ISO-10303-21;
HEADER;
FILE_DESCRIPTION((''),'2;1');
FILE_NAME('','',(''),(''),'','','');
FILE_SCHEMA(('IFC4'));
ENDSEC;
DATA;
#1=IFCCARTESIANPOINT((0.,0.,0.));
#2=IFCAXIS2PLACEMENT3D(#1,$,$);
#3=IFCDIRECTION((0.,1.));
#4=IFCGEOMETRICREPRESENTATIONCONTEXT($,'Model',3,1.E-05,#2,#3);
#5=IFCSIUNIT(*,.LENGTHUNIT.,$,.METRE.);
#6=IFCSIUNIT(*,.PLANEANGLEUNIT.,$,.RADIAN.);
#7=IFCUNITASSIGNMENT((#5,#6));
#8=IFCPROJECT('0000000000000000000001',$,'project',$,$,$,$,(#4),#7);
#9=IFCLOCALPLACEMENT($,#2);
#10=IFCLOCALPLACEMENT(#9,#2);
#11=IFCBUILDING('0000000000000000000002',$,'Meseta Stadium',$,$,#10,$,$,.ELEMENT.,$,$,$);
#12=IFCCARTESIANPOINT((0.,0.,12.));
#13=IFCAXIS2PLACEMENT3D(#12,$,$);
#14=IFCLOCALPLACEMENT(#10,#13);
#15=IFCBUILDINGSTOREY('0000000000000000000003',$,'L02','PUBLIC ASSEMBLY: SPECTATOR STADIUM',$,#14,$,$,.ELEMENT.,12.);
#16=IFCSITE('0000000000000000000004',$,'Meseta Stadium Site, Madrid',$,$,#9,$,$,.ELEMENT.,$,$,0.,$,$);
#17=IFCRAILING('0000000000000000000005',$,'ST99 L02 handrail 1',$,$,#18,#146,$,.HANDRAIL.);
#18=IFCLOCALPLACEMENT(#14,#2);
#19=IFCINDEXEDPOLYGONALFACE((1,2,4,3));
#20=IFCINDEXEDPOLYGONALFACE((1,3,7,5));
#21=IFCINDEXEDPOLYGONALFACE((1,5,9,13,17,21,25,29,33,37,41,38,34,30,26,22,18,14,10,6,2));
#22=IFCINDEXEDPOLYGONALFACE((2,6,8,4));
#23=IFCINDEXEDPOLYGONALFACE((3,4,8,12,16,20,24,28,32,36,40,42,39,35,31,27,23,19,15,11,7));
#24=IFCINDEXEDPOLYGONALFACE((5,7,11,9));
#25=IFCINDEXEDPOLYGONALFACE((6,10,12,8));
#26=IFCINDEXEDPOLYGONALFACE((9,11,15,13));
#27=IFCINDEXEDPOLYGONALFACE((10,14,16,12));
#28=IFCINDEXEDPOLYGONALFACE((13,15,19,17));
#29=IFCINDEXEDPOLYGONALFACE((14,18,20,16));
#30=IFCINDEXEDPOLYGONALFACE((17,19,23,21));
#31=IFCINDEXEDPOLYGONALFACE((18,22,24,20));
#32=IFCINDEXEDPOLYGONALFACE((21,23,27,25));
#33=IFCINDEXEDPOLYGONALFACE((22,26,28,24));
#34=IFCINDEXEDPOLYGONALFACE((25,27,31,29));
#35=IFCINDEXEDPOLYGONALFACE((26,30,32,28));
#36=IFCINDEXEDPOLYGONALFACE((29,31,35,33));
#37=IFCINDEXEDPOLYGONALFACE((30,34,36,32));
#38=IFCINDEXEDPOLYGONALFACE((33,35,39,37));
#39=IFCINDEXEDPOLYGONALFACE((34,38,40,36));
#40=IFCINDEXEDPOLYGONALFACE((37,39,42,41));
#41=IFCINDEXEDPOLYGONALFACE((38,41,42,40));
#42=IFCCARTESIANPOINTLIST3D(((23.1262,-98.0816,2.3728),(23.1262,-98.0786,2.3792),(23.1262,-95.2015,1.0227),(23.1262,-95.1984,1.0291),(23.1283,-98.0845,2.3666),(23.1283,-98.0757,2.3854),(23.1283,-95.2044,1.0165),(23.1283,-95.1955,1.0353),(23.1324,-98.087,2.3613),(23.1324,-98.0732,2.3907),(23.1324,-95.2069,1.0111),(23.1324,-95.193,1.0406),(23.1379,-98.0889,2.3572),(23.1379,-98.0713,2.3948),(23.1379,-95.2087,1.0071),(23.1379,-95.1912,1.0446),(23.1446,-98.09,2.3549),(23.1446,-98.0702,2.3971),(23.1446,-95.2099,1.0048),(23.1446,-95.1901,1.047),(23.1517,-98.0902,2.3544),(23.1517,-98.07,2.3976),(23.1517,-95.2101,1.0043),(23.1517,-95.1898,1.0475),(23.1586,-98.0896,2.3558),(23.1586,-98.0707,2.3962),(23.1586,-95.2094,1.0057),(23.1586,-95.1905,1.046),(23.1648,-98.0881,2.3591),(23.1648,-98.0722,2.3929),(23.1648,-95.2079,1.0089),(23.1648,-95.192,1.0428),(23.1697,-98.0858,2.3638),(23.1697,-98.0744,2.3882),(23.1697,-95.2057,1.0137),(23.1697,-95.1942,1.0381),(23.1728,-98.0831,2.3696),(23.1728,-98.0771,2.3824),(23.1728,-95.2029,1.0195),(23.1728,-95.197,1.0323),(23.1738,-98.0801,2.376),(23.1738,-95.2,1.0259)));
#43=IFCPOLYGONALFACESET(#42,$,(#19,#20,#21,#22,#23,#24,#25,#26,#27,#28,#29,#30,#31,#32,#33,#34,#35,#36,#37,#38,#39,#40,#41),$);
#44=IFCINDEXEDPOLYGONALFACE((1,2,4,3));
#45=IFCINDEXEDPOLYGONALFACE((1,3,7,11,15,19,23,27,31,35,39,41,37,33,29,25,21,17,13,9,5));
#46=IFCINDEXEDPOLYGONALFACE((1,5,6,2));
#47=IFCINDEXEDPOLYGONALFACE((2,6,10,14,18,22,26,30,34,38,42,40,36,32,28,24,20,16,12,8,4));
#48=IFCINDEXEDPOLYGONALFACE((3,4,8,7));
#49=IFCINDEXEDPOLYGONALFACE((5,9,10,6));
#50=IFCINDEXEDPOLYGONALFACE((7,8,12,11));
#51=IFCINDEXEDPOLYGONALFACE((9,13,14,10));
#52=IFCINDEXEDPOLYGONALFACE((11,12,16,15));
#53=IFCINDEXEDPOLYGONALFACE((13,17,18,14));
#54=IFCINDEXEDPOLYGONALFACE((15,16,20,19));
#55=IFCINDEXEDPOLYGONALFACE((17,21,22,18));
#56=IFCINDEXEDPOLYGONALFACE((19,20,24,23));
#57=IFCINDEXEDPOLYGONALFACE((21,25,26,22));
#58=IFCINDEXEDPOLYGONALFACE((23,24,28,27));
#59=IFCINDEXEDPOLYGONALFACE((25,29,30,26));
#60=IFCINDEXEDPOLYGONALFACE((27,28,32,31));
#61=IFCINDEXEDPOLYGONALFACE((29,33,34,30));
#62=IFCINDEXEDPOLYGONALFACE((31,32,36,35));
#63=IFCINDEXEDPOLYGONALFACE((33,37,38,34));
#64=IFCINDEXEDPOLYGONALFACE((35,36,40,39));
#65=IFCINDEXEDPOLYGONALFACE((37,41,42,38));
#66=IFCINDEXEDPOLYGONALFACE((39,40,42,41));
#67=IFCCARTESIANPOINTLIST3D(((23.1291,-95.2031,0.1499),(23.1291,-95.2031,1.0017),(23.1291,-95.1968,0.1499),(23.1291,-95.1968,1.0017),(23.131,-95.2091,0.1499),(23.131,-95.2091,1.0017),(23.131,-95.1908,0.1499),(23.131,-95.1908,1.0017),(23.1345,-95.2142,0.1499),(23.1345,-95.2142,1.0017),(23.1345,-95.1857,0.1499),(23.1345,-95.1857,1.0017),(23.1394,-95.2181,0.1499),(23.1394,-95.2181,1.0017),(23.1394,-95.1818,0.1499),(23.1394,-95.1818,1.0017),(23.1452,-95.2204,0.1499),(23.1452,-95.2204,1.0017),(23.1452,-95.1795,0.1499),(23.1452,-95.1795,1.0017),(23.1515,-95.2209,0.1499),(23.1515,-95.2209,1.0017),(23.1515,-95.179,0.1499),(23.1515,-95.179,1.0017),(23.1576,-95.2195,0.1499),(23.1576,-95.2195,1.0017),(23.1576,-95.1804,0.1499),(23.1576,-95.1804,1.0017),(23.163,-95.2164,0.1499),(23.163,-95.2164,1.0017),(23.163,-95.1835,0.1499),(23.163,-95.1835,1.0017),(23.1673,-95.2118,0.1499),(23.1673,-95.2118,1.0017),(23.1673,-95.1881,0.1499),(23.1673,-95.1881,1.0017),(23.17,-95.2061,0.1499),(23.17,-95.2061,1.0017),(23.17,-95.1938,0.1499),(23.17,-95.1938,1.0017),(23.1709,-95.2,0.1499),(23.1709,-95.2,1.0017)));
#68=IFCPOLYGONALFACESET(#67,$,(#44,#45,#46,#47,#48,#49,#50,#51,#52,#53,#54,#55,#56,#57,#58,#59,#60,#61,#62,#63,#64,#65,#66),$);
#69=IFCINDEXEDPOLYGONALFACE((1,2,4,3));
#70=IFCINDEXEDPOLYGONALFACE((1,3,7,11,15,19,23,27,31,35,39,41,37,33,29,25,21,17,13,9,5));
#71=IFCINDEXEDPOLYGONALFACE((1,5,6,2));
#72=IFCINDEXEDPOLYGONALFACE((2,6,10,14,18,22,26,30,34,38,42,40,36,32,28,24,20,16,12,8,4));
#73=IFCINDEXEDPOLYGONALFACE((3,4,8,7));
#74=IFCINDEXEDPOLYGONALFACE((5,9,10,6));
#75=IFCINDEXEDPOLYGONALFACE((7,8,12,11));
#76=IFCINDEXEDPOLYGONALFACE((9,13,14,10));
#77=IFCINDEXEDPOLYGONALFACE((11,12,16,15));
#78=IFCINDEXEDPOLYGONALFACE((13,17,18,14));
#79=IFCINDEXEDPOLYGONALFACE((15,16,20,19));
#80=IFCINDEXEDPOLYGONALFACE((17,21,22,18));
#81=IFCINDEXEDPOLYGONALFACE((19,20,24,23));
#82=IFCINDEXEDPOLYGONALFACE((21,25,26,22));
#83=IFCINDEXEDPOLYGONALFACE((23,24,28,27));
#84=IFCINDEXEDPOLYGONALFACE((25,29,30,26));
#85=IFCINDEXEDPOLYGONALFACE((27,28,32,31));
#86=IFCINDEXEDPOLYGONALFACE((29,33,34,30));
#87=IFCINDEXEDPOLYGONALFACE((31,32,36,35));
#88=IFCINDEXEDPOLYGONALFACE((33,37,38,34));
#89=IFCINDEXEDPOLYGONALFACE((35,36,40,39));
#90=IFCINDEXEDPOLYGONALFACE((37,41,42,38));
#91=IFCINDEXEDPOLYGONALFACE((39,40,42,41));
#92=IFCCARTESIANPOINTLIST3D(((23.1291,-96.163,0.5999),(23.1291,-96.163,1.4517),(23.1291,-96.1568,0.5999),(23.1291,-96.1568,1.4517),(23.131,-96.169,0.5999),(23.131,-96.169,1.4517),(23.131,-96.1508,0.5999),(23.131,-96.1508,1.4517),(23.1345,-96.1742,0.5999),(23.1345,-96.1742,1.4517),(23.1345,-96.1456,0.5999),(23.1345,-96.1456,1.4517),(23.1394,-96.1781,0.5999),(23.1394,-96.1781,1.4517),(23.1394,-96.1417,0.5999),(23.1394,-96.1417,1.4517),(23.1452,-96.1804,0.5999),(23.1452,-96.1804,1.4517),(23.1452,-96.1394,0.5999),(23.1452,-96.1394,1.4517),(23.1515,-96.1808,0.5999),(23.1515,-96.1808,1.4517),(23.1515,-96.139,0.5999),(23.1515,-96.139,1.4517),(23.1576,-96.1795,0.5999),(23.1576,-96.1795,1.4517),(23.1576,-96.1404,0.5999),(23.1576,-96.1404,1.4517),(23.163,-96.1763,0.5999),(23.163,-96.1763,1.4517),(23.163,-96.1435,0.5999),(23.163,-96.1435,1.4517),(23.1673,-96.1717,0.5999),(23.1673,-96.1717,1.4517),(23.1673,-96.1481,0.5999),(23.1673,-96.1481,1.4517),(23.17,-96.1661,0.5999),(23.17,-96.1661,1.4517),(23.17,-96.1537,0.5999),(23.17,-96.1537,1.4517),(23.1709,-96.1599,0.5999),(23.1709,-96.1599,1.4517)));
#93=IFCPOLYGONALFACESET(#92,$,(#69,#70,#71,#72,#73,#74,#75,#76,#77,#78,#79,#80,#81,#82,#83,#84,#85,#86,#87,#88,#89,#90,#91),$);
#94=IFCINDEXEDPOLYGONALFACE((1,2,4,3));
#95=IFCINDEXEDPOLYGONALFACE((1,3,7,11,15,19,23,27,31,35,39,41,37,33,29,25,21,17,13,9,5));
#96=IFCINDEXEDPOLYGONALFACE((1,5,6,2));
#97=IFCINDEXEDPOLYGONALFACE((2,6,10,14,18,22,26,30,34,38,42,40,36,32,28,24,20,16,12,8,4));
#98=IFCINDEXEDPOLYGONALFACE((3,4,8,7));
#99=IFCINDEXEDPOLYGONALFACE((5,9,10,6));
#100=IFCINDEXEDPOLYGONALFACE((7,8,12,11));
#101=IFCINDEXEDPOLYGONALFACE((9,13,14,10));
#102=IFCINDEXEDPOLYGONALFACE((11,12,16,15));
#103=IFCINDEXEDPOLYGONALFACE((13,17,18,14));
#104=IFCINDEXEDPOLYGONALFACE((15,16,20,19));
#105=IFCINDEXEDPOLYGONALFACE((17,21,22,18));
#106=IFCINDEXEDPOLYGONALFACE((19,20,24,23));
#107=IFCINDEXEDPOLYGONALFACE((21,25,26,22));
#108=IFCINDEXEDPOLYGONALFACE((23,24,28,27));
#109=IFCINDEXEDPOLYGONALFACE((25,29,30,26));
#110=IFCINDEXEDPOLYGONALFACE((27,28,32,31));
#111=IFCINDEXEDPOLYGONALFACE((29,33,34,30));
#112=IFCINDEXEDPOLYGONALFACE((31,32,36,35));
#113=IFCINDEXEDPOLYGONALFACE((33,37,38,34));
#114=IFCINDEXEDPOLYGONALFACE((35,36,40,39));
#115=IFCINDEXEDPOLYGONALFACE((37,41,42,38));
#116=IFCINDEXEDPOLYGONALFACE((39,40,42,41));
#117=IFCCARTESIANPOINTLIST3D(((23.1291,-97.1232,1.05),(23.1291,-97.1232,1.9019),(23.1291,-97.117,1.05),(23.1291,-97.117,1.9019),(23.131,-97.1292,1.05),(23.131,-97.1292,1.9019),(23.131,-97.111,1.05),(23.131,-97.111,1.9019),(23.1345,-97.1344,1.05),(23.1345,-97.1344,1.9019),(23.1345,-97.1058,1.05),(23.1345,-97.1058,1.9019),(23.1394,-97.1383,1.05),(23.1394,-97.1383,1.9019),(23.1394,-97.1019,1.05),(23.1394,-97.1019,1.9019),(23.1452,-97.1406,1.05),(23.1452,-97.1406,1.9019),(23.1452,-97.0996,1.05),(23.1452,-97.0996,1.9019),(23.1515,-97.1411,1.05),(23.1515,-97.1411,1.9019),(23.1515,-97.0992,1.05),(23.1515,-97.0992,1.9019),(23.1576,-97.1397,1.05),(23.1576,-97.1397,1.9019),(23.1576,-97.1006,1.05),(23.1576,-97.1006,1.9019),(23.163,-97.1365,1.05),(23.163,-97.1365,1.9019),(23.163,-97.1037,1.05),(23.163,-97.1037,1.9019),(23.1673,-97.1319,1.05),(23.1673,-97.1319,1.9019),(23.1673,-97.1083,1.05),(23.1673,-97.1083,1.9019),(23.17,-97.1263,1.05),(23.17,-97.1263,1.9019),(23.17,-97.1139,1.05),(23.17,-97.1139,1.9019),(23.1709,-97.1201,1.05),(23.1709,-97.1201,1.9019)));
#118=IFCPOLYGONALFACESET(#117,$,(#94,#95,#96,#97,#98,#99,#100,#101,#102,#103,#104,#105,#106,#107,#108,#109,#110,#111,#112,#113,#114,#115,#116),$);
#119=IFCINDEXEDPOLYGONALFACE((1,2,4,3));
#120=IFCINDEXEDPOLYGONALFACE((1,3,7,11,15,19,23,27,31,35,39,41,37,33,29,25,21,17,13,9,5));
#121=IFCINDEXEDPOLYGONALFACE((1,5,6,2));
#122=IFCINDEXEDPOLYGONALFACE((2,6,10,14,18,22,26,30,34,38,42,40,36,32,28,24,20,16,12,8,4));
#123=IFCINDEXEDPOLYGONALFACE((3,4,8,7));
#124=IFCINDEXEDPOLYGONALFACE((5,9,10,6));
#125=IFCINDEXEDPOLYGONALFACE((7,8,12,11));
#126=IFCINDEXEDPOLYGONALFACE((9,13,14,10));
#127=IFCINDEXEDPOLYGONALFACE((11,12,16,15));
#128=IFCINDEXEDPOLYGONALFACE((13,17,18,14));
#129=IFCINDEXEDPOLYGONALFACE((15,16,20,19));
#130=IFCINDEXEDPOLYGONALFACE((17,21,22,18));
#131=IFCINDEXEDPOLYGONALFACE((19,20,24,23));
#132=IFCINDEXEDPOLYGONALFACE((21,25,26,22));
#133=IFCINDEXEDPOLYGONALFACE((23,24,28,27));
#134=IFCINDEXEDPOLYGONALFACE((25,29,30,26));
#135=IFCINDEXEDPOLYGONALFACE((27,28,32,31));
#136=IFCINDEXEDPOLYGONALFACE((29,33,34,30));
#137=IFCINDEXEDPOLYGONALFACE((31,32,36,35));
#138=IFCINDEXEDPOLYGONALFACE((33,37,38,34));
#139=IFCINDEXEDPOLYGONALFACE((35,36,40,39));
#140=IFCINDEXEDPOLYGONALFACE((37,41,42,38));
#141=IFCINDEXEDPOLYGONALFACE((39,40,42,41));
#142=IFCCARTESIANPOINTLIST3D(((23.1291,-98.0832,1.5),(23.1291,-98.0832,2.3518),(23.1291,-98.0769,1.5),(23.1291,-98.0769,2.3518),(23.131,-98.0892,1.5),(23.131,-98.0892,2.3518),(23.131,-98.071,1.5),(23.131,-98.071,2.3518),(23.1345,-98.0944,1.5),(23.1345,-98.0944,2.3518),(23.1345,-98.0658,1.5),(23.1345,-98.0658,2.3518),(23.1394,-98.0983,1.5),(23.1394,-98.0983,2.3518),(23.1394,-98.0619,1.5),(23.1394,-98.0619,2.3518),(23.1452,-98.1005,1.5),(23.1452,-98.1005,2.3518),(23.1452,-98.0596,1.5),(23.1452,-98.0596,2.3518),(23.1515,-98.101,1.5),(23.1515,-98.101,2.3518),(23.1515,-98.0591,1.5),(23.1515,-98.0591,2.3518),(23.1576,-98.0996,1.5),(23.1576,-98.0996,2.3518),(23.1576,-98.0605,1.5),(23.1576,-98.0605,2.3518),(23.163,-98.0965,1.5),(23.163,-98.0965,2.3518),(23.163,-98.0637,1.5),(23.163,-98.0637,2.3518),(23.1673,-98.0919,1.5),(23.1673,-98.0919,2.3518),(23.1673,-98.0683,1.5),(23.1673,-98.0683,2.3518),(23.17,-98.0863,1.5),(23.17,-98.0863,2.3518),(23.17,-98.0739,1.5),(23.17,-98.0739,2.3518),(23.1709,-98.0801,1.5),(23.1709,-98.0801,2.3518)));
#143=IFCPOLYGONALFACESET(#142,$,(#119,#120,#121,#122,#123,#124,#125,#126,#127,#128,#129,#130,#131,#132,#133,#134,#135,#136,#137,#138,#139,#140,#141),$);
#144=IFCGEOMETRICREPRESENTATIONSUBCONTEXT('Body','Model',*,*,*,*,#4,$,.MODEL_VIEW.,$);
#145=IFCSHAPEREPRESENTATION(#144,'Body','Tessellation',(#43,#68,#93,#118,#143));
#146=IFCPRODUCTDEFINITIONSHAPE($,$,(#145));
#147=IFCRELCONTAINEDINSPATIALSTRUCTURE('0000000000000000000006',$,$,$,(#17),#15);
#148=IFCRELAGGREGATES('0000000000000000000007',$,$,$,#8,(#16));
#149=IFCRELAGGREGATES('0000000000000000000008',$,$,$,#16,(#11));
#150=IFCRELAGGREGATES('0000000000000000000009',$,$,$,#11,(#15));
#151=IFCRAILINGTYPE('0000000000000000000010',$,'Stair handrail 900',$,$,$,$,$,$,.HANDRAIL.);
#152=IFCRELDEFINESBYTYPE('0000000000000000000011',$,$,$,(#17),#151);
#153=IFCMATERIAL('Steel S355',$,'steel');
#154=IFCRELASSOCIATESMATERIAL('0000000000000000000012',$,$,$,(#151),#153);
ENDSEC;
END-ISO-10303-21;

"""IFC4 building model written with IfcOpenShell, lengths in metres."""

from ifc_helpers import new_model, si_unit, direction, frame, origin, origin_2d, place, context, subcontext, project, spatial, circle, extrude, material, type_object, element, save


model = new_model("IFC4")

# Units and contexts
model_context = context("Model", 3, precision=1e-05, world=origin(), true_north=direction((0.0, 1.0)))
body_context = subcontext(model_context, "Body", "Model", "MODEL_VIEW")
ifc_project = project(units=[si_unit("LENGTHUNIT", "METRE"), si_unit("PLANEANGLEUNIT", "RADIAN")], contexts=[model_context])

# Site, building, storey
site_placement = place(None, origin())
site = spatial("IfcSite", under=ifc_project, at=site_placement, Name="Meseta Stadium Site, Madrid", CompositionType="ELEMENT", RefElevation=0.0)
building_placement = place(site_placement, origin())
building = spatial("IfcBuilding", under=site, at=building_placement, Name="Meseta Stadium", CompositionType="ELEMENT")
storey_placement = place(building_placement, frame((0.0, 0.0, 12.0)))
storey = spatial("IfcBuildingStorey", under=building, at=storey_placement, Name="L02", Description="PUBLIC ASSEMBLY: SPECTATOR STADIUM", CompositionType="ELEMENT", Elevation=12.0)

# Railing
ifc_material_1 = material(Name="Steel S355", Category="steel")
railing_type_1 = type_object("IfcRailingType", Name="Stair handrail 900", PredefinedType="HANDRAIL", material=ifc_material_1)
for number, where, name in (
    (1, (23.1499, -95.2, 0.1499), "ST99 L02 handrail 1"),
):
    element("IfcRailing", number, at=place(storey_placement, frame(where)), inside=storey, type_object=railing_type_1, Name=name, PredefinedType="HANDRAIL", context=body_context, shape_type="SweptSolid", body=[
        extrude(circle(Radius=0.0239, at=origin_2d()), frame((0.0, 0.0, 0.876), z_axis=(0.0, -0.905454, 0.424444), x_axis=(1.0, 0.0, 0.0)), (0.0, 0.0, 1.0), 3.1809),
        extrude(circle(Radius=0.021, at=origin_2d()), origin(), (0.0, 0.0, 1.0), 0.8518),
        extrude(circle(Radius=0.021, at=origin_2d()), frame((0.0, -0.96, 0.45)), (0.0, 0.0, 1.0), 0.8518),
        extrude(circle(Radius=0.021, at=origin_2d()), frame((0.0, -1.9202, 0.9001)), (0.0, 0.0, 1.0), 0.8518),
        extrude(circle(Radius=0.021, at=origin_2d()), frame((0.0, -2.8801, 1.3501)), (0.0, 0.0, 1.0), 0.8518),
    ])

save(model, "model.ifc")
